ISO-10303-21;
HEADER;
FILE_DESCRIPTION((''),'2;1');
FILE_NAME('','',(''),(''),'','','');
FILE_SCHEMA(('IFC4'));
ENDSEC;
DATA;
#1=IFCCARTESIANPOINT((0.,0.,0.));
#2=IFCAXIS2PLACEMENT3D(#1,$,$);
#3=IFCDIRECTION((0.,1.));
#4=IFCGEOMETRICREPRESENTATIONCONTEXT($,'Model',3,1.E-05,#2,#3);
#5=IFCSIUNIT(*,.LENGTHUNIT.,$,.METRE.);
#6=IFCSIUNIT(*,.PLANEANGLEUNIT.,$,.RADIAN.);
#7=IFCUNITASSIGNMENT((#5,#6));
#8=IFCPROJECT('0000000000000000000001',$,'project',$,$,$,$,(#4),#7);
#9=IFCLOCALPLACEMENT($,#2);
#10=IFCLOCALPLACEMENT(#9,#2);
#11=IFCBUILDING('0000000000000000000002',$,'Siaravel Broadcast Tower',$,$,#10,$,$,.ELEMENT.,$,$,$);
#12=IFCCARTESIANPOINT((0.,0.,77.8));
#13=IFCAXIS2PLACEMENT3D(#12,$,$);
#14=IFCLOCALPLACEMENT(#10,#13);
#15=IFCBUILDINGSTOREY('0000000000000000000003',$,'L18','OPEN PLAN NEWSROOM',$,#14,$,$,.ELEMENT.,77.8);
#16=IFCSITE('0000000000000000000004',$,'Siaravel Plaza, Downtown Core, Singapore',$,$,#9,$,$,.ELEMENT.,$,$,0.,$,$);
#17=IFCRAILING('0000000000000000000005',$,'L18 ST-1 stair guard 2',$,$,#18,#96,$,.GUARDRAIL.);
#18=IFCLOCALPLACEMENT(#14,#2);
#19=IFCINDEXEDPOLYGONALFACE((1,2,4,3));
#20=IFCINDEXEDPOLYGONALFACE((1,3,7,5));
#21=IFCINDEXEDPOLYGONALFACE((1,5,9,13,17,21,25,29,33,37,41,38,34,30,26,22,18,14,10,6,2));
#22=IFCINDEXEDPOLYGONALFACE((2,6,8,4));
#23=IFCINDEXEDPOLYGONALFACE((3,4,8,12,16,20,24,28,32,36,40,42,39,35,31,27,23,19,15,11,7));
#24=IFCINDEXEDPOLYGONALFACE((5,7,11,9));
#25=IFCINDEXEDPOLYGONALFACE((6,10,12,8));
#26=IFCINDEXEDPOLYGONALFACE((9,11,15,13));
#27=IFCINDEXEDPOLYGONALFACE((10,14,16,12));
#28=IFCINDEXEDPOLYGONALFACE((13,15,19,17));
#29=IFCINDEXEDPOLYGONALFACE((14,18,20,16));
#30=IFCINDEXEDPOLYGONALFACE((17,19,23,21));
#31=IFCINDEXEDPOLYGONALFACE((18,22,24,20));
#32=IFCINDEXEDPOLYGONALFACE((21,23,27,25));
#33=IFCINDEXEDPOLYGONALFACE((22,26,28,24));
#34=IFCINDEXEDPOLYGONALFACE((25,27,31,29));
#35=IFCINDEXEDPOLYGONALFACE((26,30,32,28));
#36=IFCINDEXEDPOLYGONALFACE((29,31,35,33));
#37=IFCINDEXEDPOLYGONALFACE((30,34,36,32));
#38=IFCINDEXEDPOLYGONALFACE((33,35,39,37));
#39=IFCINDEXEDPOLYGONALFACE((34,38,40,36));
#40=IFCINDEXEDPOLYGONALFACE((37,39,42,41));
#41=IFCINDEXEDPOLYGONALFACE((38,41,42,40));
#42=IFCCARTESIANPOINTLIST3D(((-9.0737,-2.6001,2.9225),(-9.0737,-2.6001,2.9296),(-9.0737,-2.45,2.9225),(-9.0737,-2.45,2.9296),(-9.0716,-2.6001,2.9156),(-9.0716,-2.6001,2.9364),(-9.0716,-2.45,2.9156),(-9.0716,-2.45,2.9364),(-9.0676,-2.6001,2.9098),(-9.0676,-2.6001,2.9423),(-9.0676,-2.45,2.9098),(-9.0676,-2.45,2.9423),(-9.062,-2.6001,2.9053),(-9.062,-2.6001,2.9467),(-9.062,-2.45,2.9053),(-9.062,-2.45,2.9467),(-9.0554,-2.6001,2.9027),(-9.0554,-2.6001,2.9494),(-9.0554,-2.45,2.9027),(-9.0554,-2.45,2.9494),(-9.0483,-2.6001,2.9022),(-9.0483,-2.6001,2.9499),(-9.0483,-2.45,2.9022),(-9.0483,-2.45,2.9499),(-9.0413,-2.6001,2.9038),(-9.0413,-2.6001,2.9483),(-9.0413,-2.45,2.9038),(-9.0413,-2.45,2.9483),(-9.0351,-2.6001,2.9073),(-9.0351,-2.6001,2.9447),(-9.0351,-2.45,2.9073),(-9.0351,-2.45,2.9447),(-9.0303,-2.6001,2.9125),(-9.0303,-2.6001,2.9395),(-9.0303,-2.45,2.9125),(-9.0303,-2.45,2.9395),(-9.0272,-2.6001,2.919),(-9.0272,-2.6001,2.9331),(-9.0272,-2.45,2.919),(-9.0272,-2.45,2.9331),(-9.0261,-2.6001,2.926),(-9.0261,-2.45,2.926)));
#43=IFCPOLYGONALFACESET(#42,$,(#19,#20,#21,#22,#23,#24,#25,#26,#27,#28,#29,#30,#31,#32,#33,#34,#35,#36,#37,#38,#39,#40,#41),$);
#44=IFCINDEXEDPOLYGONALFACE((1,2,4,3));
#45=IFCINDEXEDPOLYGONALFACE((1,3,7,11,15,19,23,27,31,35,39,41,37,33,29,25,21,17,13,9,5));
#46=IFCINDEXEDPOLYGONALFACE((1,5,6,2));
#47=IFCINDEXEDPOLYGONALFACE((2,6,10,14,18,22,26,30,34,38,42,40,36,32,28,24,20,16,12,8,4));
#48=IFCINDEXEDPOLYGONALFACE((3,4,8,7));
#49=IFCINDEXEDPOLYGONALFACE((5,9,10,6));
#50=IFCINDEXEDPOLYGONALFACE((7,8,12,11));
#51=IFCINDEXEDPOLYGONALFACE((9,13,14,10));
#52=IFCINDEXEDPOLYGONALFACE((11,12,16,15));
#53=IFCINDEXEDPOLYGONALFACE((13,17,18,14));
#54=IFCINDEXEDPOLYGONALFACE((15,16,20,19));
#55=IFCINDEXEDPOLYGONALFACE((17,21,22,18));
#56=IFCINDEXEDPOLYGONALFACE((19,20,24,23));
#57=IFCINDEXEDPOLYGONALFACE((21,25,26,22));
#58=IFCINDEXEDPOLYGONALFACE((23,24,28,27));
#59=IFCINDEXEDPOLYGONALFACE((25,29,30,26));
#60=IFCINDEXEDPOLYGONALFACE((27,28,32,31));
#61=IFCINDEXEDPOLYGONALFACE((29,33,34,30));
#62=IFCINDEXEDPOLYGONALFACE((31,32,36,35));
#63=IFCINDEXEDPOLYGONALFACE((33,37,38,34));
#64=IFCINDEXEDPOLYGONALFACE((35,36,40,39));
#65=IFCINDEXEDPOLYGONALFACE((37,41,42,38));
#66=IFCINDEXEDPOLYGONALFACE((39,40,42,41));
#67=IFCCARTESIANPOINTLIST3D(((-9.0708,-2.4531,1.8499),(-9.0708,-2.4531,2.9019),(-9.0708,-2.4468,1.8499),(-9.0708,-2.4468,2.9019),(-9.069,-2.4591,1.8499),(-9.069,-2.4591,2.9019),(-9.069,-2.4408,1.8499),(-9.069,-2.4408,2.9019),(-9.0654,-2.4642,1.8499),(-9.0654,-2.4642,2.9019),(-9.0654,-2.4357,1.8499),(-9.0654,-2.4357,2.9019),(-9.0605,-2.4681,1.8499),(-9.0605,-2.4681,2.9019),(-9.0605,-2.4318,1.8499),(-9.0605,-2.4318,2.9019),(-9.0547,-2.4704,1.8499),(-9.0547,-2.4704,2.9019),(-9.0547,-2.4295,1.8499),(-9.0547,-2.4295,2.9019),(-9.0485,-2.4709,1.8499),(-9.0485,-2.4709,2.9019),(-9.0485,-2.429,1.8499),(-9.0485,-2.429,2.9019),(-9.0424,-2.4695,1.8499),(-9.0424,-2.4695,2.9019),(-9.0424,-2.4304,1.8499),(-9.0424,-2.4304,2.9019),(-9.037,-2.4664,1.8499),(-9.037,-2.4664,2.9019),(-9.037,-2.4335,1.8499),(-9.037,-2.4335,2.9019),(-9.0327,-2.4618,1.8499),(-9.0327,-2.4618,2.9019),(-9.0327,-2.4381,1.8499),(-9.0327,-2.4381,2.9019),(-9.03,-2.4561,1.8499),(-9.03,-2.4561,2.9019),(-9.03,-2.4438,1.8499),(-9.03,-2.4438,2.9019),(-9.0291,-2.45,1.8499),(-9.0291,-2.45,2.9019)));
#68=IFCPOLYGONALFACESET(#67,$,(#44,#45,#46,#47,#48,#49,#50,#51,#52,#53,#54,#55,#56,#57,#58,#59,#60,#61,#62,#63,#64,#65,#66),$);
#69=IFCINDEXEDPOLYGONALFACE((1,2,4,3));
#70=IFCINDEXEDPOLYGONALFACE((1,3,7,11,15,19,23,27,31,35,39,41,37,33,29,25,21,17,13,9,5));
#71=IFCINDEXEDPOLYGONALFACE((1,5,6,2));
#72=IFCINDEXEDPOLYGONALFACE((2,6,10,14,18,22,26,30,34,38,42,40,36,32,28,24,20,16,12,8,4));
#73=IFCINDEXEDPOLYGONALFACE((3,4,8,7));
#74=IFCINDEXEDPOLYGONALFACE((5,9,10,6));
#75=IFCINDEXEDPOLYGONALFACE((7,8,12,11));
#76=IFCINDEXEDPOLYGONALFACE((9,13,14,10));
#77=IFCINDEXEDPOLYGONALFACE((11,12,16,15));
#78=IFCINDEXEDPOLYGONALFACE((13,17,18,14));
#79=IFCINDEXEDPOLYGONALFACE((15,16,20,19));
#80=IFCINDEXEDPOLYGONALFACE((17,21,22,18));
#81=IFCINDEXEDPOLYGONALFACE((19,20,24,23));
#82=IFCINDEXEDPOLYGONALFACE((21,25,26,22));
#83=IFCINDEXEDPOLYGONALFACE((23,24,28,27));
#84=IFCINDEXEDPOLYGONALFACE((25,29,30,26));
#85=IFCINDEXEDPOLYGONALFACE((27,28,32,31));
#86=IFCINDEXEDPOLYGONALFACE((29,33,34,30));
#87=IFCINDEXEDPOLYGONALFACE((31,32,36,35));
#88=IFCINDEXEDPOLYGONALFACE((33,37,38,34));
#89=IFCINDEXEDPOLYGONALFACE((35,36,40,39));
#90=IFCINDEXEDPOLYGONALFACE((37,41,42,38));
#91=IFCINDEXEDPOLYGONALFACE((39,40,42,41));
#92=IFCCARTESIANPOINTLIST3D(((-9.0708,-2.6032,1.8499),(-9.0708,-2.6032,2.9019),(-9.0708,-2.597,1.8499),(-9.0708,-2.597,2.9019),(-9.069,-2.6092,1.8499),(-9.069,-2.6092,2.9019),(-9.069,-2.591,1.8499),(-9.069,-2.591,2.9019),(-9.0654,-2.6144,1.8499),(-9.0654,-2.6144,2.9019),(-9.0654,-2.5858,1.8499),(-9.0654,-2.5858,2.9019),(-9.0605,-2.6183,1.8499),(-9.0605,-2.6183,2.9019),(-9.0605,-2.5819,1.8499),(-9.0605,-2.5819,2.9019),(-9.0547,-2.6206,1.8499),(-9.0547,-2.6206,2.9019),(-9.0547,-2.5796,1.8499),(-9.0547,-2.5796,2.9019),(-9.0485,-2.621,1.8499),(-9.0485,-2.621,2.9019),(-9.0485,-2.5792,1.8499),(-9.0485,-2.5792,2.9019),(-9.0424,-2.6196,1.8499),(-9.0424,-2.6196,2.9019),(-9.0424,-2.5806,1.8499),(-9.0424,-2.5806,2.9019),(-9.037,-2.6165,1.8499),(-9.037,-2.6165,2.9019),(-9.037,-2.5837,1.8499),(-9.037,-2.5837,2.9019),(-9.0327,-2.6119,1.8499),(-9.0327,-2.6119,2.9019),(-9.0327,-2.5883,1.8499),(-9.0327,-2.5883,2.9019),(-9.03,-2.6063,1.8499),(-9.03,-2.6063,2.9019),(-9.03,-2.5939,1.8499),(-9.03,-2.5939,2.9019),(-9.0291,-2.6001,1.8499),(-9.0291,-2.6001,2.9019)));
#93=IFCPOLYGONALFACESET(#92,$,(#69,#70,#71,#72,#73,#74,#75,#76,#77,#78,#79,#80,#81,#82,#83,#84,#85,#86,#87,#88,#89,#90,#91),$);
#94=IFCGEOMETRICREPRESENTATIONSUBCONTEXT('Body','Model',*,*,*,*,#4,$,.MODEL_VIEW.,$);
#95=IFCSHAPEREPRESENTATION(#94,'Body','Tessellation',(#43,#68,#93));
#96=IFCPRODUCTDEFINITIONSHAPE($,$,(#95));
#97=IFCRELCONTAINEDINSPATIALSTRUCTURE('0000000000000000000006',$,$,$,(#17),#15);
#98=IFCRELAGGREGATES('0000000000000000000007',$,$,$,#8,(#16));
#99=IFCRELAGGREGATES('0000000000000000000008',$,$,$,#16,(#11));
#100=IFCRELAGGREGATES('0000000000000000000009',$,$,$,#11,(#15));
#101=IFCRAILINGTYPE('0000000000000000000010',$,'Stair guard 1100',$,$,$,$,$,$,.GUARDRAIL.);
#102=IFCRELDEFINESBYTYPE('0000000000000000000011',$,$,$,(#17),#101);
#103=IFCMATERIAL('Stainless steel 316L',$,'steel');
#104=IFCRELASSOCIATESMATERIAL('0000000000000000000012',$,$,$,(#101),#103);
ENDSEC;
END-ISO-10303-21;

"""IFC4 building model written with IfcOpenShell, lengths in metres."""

from ifc_helpers import new_model, si_unit, direction, frame, origin, origin_2d, place, context, subcontext, project, spatial, circle, extrude, material, type_object, element, save


model = new_model("IFC4")

# Units and contexts
model_context = context("Model", 3, precision=1e-05, world=origin(), true_north=direction((0.0, 1.0)))
body_context = subcontext(model_context, "Body", "Model", "MODEL_VIEW")
ifc_project = project(units=[si_unit("LENGTHUNIT", "METRE"), si_unit("PLANEANGLEUNIT", "RADIAN")], contexts=[model_context])

# Site, building, storey
site_placement = place(None, origin())
site = spatial("IfcSite", under=ifc_project, at=site_placement, Name="Siaravel Plaza, Downtown Core, Singapore", CompositionType="ELEMENT", RefElevation=0.0)
building_placement = place(site_placement, origin())
building = spatial("IfcBuilding", under=site, at=building_placement, Name="Siaravel Broadcast Tower", CompositionType="ELEMENT")
storey_placement = place(building_placement, frame((0.0, 0.0, 77.8)))
storey = spatial("IfcBuildingStorey", under=building, at=storey_placement, Name="L18", Description="OPEN PLAN NEWSROOM", CompositionType="ELEMENT", Elevation=77.8)

# Railing
ifc_material_1 = material(Name="Stainless steel 316L", Category="steel")
railing_type_1 = type_object("IfcRailingType", Name="Stair guard 1100", PredefinedType="GUARDRAIL", material=ifc_material_1)
railing_1_placement = place(storey_placement, frame((-9.05, -2.45, 1.8499)))
element("IfcRailing", 1, at=railing_1_placement, inside=storey, type_object=railing_type_1, Name="L18 ST-1 stair guard 2", PredefinedType="GUARDRAIL", context=body_context, shape_type="SweptSolid", body=[
    extrude(circle(Radius=0.0239, at=origin_2d()), frame((0.0, 0.0, 1.0762), z_axis=(0.0, -1.0, 0.0), x_axis=(1.0, 0.0, 0.0)), (0.0, 0.0, 1.0), 0.1501),
    extrude(circle(Radius=0.021, at=origin_2d()), origin(), (0.0, 0.0, 1.0), 1.052),
    extrude(circle(Radius=0.021, at=origin_2d()), frame((0.0, -0.1501, 0.0)), (0.0, 0.0, 1.0), 1.052),
])

save(model, "model.ifc")
